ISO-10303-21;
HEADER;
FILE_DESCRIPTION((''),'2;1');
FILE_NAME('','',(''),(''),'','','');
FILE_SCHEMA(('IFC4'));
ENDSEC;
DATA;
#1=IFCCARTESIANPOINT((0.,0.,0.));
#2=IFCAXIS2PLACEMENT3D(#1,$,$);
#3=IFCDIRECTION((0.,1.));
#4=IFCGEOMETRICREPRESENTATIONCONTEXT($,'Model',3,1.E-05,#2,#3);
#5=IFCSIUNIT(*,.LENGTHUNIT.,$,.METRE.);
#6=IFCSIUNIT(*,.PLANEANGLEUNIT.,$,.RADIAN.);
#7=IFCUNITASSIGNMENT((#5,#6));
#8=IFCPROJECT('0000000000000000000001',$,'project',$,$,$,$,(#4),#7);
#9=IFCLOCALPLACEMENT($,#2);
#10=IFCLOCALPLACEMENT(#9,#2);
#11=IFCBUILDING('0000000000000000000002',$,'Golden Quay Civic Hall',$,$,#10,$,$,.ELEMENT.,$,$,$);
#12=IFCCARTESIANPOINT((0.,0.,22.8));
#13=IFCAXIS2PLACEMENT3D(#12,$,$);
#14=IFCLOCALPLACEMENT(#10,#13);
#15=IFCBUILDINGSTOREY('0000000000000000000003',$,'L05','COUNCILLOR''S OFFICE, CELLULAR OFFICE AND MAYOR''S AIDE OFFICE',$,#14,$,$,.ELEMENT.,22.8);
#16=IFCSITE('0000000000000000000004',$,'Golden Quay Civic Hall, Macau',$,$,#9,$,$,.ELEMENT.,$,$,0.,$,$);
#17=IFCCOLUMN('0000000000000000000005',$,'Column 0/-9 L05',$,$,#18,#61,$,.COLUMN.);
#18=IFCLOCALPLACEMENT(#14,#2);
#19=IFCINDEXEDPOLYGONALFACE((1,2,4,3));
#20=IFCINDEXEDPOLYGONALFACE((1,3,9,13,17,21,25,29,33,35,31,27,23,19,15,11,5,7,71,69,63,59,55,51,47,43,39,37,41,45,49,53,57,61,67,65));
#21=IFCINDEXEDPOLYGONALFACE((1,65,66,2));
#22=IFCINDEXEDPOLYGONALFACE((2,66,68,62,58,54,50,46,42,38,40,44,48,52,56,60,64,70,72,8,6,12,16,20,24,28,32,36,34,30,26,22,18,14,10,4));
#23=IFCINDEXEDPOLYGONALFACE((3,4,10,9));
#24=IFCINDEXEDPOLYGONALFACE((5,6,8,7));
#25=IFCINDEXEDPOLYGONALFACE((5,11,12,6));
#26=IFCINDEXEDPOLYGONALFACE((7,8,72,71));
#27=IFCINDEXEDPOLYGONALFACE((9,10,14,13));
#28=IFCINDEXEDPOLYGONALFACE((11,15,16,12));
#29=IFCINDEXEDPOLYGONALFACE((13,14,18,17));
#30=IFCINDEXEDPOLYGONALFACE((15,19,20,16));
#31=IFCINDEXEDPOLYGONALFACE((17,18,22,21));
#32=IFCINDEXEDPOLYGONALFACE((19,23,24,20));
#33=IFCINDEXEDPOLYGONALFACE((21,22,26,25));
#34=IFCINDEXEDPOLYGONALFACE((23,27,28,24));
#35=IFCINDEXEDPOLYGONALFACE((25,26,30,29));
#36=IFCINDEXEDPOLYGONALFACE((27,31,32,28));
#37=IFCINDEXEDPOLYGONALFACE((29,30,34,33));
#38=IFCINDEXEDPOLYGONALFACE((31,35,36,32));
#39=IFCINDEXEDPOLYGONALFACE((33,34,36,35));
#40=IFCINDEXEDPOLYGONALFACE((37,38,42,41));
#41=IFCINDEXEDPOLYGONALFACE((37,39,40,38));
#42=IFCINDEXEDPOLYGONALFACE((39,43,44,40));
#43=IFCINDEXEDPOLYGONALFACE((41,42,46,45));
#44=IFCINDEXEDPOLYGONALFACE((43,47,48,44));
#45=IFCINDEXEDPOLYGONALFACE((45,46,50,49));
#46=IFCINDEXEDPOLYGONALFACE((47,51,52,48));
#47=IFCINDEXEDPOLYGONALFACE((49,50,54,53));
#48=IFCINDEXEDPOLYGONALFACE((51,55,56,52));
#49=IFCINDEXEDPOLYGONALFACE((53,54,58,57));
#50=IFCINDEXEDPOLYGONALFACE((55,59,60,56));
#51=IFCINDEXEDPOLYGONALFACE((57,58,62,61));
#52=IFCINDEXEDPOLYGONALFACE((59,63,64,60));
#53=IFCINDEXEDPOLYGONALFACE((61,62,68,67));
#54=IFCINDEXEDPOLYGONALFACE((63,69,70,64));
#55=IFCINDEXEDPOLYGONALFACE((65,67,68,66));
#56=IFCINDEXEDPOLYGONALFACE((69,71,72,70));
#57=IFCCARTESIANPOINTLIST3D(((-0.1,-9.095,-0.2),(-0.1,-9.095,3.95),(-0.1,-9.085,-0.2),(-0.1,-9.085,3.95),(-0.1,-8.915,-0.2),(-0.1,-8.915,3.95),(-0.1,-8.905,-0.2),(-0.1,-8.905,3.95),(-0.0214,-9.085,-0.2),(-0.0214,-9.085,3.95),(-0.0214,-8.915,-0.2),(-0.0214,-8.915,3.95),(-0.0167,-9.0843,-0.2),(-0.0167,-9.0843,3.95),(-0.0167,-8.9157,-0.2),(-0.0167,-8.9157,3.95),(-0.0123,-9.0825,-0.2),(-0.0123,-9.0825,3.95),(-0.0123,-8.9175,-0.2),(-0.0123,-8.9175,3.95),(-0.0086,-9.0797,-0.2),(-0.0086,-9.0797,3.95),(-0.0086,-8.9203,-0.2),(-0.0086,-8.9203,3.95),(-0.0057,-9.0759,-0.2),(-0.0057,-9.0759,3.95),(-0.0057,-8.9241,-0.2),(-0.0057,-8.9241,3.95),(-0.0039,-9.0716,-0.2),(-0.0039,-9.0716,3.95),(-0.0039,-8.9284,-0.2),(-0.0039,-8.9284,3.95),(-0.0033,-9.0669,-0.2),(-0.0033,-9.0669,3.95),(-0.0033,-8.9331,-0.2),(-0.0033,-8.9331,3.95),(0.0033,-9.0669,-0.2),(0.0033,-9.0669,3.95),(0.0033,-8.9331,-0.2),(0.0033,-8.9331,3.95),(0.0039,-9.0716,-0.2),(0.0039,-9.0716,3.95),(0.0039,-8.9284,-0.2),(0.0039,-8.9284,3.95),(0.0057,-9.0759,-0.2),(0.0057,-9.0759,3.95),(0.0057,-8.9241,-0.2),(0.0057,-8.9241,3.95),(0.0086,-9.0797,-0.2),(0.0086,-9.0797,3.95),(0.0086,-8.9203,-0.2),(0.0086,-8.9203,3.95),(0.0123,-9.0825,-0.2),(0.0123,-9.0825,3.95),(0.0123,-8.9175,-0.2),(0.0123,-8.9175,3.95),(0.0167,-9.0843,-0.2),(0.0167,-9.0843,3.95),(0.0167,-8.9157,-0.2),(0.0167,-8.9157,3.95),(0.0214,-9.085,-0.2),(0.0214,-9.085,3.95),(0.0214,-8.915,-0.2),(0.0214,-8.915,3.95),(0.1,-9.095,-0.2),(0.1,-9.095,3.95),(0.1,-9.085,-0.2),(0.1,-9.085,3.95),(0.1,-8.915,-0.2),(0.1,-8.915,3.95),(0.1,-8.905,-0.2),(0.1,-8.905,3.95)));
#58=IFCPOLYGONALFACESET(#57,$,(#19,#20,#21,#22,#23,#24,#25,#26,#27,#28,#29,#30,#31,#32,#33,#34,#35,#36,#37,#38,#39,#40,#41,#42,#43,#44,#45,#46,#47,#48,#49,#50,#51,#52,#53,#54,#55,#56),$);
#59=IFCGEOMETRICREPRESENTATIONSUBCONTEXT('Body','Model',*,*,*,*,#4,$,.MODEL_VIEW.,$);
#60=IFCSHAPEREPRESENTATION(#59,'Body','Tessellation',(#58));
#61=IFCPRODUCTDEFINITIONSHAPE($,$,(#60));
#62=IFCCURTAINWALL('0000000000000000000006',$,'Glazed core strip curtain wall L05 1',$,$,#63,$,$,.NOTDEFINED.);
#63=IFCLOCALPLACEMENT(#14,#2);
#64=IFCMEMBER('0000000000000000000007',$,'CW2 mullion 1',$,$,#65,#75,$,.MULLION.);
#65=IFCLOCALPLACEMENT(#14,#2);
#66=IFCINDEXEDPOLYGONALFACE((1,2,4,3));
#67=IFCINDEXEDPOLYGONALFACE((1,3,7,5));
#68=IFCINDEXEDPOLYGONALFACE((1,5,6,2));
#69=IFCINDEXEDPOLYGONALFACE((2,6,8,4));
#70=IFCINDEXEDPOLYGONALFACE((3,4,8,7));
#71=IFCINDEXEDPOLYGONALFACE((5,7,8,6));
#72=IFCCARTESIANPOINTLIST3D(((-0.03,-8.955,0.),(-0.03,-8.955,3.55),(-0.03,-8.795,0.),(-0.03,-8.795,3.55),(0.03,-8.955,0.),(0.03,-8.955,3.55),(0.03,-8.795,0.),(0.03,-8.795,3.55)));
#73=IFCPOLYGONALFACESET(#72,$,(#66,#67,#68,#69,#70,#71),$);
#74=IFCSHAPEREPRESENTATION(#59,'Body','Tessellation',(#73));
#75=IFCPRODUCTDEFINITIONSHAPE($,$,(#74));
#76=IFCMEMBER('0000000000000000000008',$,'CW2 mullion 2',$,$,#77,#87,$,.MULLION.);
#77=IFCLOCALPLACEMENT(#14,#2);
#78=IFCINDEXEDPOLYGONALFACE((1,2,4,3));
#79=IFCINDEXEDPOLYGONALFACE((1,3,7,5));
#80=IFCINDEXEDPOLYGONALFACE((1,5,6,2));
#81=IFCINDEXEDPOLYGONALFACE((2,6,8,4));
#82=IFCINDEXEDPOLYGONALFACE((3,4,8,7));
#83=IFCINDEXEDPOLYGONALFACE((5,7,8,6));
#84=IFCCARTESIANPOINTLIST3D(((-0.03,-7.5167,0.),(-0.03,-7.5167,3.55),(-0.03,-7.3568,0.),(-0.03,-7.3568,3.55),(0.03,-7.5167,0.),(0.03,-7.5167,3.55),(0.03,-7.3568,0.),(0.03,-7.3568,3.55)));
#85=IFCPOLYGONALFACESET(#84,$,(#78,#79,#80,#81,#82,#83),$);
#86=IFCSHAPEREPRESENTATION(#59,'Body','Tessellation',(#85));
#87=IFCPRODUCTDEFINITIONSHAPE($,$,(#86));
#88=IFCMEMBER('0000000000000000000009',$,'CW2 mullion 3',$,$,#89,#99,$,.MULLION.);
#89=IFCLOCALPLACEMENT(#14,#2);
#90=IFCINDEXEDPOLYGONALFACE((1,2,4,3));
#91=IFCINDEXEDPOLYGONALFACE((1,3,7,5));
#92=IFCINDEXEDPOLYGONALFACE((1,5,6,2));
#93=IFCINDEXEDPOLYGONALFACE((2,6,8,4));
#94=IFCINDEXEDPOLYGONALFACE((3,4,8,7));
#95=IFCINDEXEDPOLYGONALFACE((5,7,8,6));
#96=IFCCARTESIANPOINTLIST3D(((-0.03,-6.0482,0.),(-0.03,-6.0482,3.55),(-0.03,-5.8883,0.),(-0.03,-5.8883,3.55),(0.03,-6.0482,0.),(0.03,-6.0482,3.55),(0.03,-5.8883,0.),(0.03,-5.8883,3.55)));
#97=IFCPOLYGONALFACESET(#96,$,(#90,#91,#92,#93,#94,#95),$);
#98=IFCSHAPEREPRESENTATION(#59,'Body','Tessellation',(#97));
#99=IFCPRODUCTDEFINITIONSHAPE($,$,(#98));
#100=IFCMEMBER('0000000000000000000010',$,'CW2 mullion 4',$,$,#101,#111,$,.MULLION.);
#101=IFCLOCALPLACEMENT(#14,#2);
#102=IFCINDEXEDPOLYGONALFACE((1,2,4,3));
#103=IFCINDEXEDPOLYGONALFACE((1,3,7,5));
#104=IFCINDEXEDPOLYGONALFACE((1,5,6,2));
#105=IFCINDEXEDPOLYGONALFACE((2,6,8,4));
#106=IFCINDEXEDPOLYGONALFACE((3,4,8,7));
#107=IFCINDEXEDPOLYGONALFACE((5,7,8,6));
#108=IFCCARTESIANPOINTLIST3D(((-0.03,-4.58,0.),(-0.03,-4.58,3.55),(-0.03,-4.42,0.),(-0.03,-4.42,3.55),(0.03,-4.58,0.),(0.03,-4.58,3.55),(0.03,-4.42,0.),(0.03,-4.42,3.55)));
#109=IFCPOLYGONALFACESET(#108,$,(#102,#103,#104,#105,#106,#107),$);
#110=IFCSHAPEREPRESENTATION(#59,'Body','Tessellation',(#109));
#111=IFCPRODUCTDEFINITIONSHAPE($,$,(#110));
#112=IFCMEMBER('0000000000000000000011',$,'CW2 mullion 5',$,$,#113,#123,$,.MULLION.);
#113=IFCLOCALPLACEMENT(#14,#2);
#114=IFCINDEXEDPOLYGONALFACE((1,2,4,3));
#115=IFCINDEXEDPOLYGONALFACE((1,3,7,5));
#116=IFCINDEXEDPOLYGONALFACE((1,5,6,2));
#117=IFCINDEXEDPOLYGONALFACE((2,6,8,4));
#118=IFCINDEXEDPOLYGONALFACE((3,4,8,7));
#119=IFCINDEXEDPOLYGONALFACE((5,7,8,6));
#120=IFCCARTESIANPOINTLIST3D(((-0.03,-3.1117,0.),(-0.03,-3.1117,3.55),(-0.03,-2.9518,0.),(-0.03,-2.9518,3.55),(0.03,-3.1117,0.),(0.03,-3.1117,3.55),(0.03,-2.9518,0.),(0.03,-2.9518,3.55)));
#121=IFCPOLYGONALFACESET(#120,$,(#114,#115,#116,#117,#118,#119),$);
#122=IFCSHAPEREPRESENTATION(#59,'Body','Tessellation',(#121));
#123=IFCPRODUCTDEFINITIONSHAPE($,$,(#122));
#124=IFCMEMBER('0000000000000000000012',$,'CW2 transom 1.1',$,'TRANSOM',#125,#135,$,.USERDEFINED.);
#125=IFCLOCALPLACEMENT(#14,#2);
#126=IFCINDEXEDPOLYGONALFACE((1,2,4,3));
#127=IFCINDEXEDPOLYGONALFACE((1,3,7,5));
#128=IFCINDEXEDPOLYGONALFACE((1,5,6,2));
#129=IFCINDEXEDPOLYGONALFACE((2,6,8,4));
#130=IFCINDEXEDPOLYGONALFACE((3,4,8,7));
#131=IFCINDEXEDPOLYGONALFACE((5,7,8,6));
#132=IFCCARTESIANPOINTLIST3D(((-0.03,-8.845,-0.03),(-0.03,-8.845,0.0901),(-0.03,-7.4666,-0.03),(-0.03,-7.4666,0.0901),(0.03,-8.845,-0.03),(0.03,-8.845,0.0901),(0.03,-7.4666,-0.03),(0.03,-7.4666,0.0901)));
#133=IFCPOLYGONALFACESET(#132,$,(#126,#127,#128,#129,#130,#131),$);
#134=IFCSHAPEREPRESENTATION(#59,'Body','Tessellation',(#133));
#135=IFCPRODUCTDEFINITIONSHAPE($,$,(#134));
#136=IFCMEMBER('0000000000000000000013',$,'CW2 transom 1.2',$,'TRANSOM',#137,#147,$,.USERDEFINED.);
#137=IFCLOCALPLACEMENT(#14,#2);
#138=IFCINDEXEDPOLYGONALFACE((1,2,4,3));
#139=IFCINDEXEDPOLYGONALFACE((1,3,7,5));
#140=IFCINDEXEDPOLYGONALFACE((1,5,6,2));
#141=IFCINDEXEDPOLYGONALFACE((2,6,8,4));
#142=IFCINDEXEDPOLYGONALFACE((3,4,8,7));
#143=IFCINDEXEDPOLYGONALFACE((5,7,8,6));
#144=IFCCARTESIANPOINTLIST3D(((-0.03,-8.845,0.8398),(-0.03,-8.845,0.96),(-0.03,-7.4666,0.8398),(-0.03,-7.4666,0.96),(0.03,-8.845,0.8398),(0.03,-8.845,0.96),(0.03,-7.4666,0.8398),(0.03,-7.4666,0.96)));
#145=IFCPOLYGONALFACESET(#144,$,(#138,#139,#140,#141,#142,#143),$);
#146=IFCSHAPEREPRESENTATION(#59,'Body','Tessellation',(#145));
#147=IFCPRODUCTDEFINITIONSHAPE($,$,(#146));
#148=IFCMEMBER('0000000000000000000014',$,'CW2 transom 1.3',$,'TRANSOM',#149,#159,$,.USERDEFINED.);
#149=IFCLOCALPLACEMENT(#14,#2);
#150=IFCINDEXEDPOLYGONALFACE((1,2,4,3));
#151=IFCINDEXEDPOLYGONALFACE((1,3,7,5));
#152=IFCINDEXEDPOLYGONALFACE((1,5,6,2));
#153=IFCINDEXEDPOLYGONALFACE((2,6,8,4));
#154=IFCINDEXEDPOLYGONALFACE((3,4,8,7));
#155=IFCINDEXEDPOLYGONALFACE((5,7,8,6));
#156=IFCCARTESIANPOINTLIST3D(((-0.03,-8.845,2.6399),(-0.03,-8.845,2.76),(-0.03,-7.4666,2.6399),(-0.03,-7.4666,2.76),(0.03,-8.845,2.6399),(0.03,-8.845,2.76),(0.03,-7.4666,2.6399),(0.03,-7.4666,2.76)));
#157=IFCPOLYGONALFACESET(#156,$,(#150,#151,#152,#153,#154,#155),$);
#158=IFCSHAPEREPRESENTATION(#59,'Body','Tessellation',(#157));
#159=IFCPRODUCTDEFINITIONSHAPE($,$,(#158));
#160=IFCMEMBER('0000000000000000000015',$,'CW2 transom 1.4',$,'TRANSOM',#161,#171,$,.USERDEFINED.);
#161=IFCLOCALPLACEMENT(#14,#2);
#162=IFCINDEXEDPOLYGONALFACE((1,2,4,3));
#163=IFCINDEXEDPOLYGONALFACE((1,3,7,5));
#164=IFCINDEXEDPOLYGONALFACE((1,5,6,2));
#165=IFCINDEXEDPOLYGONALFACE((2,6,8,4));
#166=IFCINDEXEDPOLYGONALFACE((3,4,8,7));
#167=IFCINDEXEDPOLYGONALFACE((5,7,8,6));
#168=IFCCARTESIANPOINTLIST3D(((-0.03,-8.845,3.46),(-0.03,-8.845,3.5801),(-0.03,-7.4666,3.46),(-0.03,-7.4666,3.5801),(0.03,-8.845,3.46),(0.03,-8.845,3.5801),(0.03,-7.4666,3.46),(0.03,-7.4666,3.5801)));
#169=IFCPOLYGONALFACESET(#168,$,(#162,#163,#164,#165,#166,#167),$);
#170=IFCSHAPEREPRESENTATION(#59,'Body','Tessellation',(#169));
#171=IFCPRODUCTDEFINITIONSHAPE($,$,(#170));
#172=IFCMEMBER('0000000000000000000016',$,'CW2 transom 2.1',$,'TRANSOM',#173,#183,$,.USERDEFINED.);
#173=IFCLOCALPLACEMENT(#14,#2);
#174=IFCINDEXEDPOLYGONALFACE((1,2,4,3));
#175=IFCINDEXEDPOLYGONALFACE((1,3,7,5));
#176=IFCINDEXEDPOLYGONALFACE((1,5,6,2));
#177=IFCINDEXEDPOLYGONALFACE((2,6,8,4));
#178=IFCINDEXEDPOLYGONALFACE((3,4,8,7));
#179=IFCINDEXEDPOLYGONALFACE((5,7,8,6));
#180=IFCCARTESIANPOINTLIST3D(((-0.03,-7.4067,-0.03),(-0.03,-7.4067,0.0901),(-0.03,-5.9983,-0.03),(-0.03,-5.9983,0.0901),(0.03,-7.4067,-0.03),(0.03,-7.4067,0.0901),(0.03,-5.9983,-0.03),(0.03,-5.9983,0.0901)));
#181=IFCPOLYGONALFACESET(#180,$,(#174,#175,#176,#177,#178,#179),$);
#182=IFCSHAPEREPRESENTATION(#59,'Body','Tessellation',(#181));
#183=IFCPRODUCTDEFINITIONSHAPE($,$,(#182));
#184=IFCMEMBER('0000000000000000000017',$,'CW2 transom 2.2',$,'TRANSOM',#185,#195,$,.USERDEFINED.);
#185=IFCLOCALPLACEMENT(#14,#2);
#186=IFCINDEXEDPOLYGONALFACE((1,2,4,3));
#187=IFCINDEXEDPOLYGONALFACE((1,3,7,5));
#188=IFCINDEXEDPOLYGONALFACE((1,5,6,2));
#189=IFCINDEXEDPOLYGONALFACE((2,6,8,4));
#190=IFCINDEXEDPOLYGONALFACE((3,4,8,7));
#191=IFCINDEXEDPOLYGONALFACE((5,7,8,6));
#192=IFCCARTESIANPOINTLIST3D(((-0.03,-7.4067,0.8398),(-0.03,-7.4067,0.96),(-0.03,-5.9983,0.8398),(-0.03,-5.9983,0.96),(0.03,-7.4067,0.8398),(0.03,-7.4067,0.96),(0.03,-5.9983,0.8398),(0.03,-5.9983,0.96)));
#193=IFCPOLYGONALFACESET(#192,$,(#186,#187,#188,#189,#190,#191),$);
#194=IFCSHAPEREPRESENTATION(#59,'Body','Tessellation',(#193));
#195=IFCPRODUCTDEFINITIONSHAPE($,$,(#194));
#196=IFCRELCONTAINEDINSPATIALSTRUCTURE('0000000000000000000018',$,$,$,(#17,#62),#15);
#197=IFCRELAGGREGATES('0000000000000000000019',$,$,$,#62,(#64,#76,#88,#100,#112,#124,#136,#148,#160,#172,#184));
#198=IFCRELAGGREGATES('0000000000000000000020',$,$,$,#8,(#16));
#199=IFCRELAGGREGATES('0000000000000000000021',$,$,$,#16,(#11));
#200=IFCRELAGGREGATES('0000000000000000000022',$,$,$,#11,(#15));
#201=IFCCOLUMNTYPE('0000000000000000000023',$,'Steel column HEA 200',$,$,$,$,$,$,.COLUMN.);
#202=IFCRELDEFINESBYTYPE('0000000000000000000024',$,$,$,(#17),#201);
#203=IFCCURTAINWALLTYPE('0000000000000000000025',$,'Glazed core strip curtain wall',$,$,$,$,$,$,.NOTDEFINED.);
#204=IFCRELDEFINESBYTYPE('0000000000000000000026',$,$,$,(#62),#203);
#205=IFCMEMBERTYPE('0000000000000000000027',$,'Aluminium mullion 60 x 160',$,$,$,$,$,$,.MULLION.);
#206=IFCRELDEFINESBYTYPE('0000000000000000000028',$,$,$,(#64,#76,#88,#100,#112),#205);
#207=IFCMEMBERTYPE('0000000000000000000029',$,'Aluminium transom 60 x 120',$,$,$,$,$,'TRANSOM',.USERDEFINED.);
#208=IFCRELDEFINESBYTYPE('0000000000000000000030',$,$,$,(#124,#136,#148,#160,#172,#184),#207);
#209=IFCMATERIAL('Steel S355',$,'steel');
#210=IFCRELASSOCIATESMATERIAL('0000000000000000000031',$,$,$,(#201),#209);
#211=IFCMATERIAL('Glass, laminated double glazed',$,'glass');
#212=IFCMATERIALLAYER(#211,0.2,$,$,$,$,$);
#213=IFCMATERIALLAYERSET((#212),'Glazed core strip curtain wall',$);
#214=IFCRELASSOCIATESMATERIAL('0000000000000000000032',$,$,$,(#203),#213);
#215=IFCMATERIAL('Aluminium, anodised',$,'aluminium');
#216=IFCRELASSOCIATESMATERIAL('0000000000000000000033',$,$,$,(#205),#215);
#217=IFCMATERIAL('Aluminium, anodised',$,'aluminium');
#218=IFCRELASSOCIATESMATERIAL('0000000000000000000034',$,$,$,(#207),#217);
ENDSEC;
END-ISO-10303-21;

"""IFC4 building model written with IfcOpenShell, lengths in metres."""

from ifc_helpers import new_model, si_unit, direction, frame, origin, origin_2d, place, context, subcontext, project, spatial, rectangle, i_section, extrude, material, layer, layer_set, material_profile, profile_set, type_object, element, aggregate, save


model = new_model("IFC4")

# Units and contexts
model_context = context("Model", 3, precision=1e-05, world=origin(), true_north=direction((0.0, 1.0)))
body_context = subcontext(model_context, "Body", "Model", "MODEL_VIEW")
ifc_project = project(units=[si_unit("LENGTHUNIT", "METRE"), si_unit("PLANEANGLEUNIT", "RADIAN")], contexts=[model_context])

# Site, building, storey
site_placement = place(None, origin())
site = spatial("IfcSite", under=ifc_project, at=site_placement, Name="Golden Quay Civic Hall, Macau", CompositionType="ELEMENT", RefElevation=0.0)
building_placement = place(site_placement, origin())
building = spatial("IfcBuilding", under=site, at=building_placement, Name="Golden Quay Civic Hall", CompositionType="ELEMENT")
storey_placement = place(building_placement, frame((0.0, 0.0, 22.8)))
storey = spatial("IfcBuildingStorey", under=building, at=storey_placement, Name="L05", Description="COUNCILLOR'S OFFICE, CELLULAR OFFICE AND MAYOR'S AIDE OFFICE", CompositionType="ELEMENT", Elevation=22.8)

# Column
ifc_material_1 = material(Name="Steel S355", Category="steel")
ifc_material_profile_1 = material_profile(ifc_material_1, i_section(OverallWidth=0.2, OverallDepth=0.1899, WebThickness=0.0066, FlangeThickness=0.01, FilletRadius=0.0181, at=origin_2d()), Name="HEA 200")
ifc_profile_set_1 = profile_set([ifc_material_profile_1], Name="Steel S355")
column_type = type_object("IfcColumnType", Name="Steel column HEA 200", PredefinedType="COLUMN", material=ifc_profile_set_1)
column_placement = place(storey_placement, frame((0.0, -9.0, -0.2), z_axis=(0.0, 0.0, 1.0), x_axis=(1.0, 0.0, 0.0)))
element("IfcColumn", 1, at=column_placement, inside=storey, type_object=column_type, Name="Column 0/-9 L05", PredefinedType="COLUMN", context=body_context, shape_type="SweptSolid", body=[
    extrude(i_section(OverallWidth=0.2, OverallDepth=0.1899, WebThickness=0.0066, FlangeThickness=0.01, FilletRadius=0.0181, at=origin_2d()), origin(), (0.0, 0.0, 1.0), 4.1499),
])

# Curtain wall, members
ifc_material_2 = material(Name="Glass, laminated double glazed", Category="glass")
ifc_layer_1 = layer(ifc_material_2, 0.2)
ifc_layer_set_1 = layer_set([ifc_layer_1], Name="Glazed core strip curtain wall")
curtain_wall_type = type_object("IfcCurtainWallType", Name="Glazed core strip curtain wall", PredefinedType="NOTDEFINED", material=ifc_layer_set_1)
curtain_wall_placement = place(storey_placement, origin())
curtain_wall = element("IfcCurtainWall", 2, at=curtain_wall_placement, inside=storey, type_object=curtain_wall_type, Name="Glazed core strip curtain wall L05 1", PredefinedType="NOTDEFINED")
ifc_material_3 = material(Name="Aluminium, anodised", Category="aluminium")
ifc_material_profile_2 = material_profile(ifc_material_3, rectangle(XDim=0.0601, YDim=0.1599, at=origin_2d()), Name="Aluminium 60 x 160")
ifc_profile_set_2 = profile_set([ifc_material_profile_2], Name="Aluminium, anodised")
member_type_1 = type_object("IfcMemberType", Name="Aluminium mullion 60 x 160", PredefinedType="MULLION", material=ifc_profile_set_2)
member_1_placement = place(storey_placement, frame((0.0, -8.875, 0.0), z_axis=(0.0, 0.0, 1.0), x_axis=(-1.0, 0.0, 0.0)))
member_1 = element("IfcMember", 3, at=member_1_placement, type_object=member_type_1, Name="CW2 mullion 1", PredefinedType="MULLION", context=body_context, shape_type="SweptSolid", body=[
    extrude(rectangle(XDim=0.0601, YDim=0.1599, at=origin_2d()), origin(), (0.0, 0.0, 1.0), 3.55),
])
member_2_placement = place(storey_placement, frame((0.0, -7.4368, 0.0), z_axis=(0.0, 0.0, 1.0), x_axis=(-1.0, 0.0, 0.0)))
member_2 = element("IfcMember", 4, at=member_2_placement, type_object=member_type_1, Name="CW2 mullion 2", PredefinedType="MULLION", context=body_context, shape_type="SweptSolid", body=[
    extrude(rectangle(XDim=0.0601, YDim=0.1599, at=origin_2d()), origin(), (0.0, 0.0, 1.0), 3.55),
])
member_3_placement = place(storey_placement, frame((0.0, -5.9683, 0.0), z_axis=(0.0, 0.0, 1.0), x_axis=(-1.0, 0.0, 0.0)))
member_3 = element("IfcMember", 5, at=member_3_placement, type_object=member_type_1, Name="CW2 mullion 3", PredefinedType="MULLION", context=body_context, shape_type="SweptSolid", body=[
    extrude(rectangle(XDim=0.0601, YDim=0.1599, at=origin_2d()), origin(), (0.0, 0.0, 1.0), 3.55),
])
member_4_placement = place(storey_placement, frame((0.0, -4.5, 0.0), z_axis=(0.0, 0.0, 1.0), x_axis=(-1.0, 0.0, 0.0)))
member_4 = element("IfcMember", 6, at=member_4_placement, type_object=member_type_1, Name="CW2 mullion 4", PredefinedType="MULLION", context=body_context, shape_type="SweptSolid", body=[
    extrude(rectangle(XDim=0.0601, YDim=0.1599, at=origin_2d()), origin(), (0.0, 0.0, 1.0), 3.55),
])
member_5_placement = place(storey_placement, frame((0.0, -3.0317, 0.0), z_axis=(0.0, 0.0, 1.0), x_axis=(-1.0, 0.0, 0.0)))
member_5 = element("IfcMember", 7, at=member_5_placement, type_object=member_type_1, Name="CW2 mullion 5", PredefinedType="MULLION", context=body_context, shape_type="SweptSolid", body=[
    extrude(rectangle(XDim=0.0601, YDim=0.1599, at=origin_2d()), origin(), (0.0, 0.0, 1.0), 3.55),
])
ifc_material_4 = material(Name="Aluminium, anodised", Category="aluminium")
ifc_material_profile_3 = material_profile(ifc_material_4, rectangle(XDim=0.0601, YDim=0.1201, at=origin_2d()), Name="Aluminium 60 x 120")
ifc_profile_set_3 = profile_set([ifc_material_profile_3], Name="Aluminium, anodised")
member_type_2 = type_object("IfcMemberType", Name="Aluminium transom 60 x 120", ElementType="TRANSOM", PredefinedType="USERDEFINED", material=ifc_profile_set_3)
member_6_placement = place(storey_placement, frame((0.0, -8.845, 0.03), z_axis=(0.0, 1.0, 0.0), x_axis=(-1.0, 0.0, 0.0)))
member_6 = element("IfcMember", 8, at=member_6_placement, type_object=member_type_2, Name="CW2 transom 1.1", ObjectType="TRANSOM", PredefinedType="USERDEFINED", context=body_context, shape_type="SweptSolid", body=[
    extrude(rectangle(XDim=0.0601, YDim=0.1201, at=origin_2d()), origin(), (0.0, 0.0, 1.0), 1.3784),
])
member_7_placement = place(storey_placement, frame((0.0, -8.845, 0.8999), z_axis=(0.0, 1.0, 0.0), x_axis=(-1.0, 0.0, 0.0)))
member_7 = element("IfcMember", 9, at=member_7_placement, type_object=member_type_2, Name="CW2 transom 1.2", ObjectType="TRANSOM", PredefinedType="USERDEFINED", context=body_context, shape_type="SweptSolid", body=[
    extrude(rectangle(XDim=0.0601, YDim=0.1201, at=origin_2d()), origin(), (0.0, 0.0, 1.0), 1.3784),
])
member_8_placement = place(storey_placement, frame((0.0, -8.845, 2.7), z_axis=(0.0, 1.0, 0.0), x_axis=(-1.0, 0.0, 0.0)))
member_8 = element("IfcMember", 10, at=member_8_placement, type_object=member_type_2, Name="CW2 transom 1.3", ObjectType="TRANSOM", PredefinedType="USERDEFINED", context=body_context, shape_type="SweptSolid", body=[
    extrude(rectangle(XDim=0.0601, YDim=0.1201, at=origin_2d()), origin(), (0.0, 0.0, 1.0), 1.3784),
])
member_9_placement = place(storey_placement, frame((0.0, -8.845, 3.52), z_axis=(0.0, 1.0, 0.0), x_axis=(-1.0, 0.0, 0.0)))
member_9 = element("IfcMember", 11, at=member_9_placement, type_object=member_type_2, Name="CW2 transom 1.4", ObjectType="TRANSOM", PredefinedType="USERDEFINED", context=body_context, shape_type="SweptSolid", body=[
    extrude(rectangle(XDim=0.0601, YDim=0.1201, at=origin_2d()), origin(), (0.0, 0.0, 1.0), 1.3784),
])
member_10_placement = place(storey_placement, frame((0.0, -7.4067, 0.03), z_axis=(0.0, 1.0, 0.0), x_axis=(-1.0, 0.0, 0.0)))
member_10 = element("IfcMember", 12, at=member_10_placement, type_object=member_type_2, Name="CW2 transom 2.1", ObjectType="TRANSOM", PredefinedType="USERDEFINED", context=body_context, shape_type="SweptSolid", body=[
    extrude(rectangle(XDim=0.0601, YDim=0.1201, at=origin_2d()), origin(), (0.0, 0.0, 1.0), 1.4084),
])
member_11_placement = place(storey_placement, frame((0.0, -7.4067, 0.8999), z_axis=(0.0, 1.0, 0.0), x_axis=(-1.0, 0.0, 0.0)))
member_11 = element("IfcMember", 13, at=member_11_placement, type_object=member_type_2, Name="CW2 transom 2.2", ObjectType="TRANSOM", PredefinedType="USERDEFINED", context=body_context, shape_type="SweptSolid", body=[
    extrude(rectangle(XDim=0.0601, YDim=0.1201, at=origin_2d()), origin(), (0.0, 0.0, 1.0), 1.4084),
])

aggregate(curtain_wall, [member_1, member_2, member_3, member_4, member_5, member_6, member_7, member_8, member_9, member_10, member_11])

save(model, "model.ifc")
